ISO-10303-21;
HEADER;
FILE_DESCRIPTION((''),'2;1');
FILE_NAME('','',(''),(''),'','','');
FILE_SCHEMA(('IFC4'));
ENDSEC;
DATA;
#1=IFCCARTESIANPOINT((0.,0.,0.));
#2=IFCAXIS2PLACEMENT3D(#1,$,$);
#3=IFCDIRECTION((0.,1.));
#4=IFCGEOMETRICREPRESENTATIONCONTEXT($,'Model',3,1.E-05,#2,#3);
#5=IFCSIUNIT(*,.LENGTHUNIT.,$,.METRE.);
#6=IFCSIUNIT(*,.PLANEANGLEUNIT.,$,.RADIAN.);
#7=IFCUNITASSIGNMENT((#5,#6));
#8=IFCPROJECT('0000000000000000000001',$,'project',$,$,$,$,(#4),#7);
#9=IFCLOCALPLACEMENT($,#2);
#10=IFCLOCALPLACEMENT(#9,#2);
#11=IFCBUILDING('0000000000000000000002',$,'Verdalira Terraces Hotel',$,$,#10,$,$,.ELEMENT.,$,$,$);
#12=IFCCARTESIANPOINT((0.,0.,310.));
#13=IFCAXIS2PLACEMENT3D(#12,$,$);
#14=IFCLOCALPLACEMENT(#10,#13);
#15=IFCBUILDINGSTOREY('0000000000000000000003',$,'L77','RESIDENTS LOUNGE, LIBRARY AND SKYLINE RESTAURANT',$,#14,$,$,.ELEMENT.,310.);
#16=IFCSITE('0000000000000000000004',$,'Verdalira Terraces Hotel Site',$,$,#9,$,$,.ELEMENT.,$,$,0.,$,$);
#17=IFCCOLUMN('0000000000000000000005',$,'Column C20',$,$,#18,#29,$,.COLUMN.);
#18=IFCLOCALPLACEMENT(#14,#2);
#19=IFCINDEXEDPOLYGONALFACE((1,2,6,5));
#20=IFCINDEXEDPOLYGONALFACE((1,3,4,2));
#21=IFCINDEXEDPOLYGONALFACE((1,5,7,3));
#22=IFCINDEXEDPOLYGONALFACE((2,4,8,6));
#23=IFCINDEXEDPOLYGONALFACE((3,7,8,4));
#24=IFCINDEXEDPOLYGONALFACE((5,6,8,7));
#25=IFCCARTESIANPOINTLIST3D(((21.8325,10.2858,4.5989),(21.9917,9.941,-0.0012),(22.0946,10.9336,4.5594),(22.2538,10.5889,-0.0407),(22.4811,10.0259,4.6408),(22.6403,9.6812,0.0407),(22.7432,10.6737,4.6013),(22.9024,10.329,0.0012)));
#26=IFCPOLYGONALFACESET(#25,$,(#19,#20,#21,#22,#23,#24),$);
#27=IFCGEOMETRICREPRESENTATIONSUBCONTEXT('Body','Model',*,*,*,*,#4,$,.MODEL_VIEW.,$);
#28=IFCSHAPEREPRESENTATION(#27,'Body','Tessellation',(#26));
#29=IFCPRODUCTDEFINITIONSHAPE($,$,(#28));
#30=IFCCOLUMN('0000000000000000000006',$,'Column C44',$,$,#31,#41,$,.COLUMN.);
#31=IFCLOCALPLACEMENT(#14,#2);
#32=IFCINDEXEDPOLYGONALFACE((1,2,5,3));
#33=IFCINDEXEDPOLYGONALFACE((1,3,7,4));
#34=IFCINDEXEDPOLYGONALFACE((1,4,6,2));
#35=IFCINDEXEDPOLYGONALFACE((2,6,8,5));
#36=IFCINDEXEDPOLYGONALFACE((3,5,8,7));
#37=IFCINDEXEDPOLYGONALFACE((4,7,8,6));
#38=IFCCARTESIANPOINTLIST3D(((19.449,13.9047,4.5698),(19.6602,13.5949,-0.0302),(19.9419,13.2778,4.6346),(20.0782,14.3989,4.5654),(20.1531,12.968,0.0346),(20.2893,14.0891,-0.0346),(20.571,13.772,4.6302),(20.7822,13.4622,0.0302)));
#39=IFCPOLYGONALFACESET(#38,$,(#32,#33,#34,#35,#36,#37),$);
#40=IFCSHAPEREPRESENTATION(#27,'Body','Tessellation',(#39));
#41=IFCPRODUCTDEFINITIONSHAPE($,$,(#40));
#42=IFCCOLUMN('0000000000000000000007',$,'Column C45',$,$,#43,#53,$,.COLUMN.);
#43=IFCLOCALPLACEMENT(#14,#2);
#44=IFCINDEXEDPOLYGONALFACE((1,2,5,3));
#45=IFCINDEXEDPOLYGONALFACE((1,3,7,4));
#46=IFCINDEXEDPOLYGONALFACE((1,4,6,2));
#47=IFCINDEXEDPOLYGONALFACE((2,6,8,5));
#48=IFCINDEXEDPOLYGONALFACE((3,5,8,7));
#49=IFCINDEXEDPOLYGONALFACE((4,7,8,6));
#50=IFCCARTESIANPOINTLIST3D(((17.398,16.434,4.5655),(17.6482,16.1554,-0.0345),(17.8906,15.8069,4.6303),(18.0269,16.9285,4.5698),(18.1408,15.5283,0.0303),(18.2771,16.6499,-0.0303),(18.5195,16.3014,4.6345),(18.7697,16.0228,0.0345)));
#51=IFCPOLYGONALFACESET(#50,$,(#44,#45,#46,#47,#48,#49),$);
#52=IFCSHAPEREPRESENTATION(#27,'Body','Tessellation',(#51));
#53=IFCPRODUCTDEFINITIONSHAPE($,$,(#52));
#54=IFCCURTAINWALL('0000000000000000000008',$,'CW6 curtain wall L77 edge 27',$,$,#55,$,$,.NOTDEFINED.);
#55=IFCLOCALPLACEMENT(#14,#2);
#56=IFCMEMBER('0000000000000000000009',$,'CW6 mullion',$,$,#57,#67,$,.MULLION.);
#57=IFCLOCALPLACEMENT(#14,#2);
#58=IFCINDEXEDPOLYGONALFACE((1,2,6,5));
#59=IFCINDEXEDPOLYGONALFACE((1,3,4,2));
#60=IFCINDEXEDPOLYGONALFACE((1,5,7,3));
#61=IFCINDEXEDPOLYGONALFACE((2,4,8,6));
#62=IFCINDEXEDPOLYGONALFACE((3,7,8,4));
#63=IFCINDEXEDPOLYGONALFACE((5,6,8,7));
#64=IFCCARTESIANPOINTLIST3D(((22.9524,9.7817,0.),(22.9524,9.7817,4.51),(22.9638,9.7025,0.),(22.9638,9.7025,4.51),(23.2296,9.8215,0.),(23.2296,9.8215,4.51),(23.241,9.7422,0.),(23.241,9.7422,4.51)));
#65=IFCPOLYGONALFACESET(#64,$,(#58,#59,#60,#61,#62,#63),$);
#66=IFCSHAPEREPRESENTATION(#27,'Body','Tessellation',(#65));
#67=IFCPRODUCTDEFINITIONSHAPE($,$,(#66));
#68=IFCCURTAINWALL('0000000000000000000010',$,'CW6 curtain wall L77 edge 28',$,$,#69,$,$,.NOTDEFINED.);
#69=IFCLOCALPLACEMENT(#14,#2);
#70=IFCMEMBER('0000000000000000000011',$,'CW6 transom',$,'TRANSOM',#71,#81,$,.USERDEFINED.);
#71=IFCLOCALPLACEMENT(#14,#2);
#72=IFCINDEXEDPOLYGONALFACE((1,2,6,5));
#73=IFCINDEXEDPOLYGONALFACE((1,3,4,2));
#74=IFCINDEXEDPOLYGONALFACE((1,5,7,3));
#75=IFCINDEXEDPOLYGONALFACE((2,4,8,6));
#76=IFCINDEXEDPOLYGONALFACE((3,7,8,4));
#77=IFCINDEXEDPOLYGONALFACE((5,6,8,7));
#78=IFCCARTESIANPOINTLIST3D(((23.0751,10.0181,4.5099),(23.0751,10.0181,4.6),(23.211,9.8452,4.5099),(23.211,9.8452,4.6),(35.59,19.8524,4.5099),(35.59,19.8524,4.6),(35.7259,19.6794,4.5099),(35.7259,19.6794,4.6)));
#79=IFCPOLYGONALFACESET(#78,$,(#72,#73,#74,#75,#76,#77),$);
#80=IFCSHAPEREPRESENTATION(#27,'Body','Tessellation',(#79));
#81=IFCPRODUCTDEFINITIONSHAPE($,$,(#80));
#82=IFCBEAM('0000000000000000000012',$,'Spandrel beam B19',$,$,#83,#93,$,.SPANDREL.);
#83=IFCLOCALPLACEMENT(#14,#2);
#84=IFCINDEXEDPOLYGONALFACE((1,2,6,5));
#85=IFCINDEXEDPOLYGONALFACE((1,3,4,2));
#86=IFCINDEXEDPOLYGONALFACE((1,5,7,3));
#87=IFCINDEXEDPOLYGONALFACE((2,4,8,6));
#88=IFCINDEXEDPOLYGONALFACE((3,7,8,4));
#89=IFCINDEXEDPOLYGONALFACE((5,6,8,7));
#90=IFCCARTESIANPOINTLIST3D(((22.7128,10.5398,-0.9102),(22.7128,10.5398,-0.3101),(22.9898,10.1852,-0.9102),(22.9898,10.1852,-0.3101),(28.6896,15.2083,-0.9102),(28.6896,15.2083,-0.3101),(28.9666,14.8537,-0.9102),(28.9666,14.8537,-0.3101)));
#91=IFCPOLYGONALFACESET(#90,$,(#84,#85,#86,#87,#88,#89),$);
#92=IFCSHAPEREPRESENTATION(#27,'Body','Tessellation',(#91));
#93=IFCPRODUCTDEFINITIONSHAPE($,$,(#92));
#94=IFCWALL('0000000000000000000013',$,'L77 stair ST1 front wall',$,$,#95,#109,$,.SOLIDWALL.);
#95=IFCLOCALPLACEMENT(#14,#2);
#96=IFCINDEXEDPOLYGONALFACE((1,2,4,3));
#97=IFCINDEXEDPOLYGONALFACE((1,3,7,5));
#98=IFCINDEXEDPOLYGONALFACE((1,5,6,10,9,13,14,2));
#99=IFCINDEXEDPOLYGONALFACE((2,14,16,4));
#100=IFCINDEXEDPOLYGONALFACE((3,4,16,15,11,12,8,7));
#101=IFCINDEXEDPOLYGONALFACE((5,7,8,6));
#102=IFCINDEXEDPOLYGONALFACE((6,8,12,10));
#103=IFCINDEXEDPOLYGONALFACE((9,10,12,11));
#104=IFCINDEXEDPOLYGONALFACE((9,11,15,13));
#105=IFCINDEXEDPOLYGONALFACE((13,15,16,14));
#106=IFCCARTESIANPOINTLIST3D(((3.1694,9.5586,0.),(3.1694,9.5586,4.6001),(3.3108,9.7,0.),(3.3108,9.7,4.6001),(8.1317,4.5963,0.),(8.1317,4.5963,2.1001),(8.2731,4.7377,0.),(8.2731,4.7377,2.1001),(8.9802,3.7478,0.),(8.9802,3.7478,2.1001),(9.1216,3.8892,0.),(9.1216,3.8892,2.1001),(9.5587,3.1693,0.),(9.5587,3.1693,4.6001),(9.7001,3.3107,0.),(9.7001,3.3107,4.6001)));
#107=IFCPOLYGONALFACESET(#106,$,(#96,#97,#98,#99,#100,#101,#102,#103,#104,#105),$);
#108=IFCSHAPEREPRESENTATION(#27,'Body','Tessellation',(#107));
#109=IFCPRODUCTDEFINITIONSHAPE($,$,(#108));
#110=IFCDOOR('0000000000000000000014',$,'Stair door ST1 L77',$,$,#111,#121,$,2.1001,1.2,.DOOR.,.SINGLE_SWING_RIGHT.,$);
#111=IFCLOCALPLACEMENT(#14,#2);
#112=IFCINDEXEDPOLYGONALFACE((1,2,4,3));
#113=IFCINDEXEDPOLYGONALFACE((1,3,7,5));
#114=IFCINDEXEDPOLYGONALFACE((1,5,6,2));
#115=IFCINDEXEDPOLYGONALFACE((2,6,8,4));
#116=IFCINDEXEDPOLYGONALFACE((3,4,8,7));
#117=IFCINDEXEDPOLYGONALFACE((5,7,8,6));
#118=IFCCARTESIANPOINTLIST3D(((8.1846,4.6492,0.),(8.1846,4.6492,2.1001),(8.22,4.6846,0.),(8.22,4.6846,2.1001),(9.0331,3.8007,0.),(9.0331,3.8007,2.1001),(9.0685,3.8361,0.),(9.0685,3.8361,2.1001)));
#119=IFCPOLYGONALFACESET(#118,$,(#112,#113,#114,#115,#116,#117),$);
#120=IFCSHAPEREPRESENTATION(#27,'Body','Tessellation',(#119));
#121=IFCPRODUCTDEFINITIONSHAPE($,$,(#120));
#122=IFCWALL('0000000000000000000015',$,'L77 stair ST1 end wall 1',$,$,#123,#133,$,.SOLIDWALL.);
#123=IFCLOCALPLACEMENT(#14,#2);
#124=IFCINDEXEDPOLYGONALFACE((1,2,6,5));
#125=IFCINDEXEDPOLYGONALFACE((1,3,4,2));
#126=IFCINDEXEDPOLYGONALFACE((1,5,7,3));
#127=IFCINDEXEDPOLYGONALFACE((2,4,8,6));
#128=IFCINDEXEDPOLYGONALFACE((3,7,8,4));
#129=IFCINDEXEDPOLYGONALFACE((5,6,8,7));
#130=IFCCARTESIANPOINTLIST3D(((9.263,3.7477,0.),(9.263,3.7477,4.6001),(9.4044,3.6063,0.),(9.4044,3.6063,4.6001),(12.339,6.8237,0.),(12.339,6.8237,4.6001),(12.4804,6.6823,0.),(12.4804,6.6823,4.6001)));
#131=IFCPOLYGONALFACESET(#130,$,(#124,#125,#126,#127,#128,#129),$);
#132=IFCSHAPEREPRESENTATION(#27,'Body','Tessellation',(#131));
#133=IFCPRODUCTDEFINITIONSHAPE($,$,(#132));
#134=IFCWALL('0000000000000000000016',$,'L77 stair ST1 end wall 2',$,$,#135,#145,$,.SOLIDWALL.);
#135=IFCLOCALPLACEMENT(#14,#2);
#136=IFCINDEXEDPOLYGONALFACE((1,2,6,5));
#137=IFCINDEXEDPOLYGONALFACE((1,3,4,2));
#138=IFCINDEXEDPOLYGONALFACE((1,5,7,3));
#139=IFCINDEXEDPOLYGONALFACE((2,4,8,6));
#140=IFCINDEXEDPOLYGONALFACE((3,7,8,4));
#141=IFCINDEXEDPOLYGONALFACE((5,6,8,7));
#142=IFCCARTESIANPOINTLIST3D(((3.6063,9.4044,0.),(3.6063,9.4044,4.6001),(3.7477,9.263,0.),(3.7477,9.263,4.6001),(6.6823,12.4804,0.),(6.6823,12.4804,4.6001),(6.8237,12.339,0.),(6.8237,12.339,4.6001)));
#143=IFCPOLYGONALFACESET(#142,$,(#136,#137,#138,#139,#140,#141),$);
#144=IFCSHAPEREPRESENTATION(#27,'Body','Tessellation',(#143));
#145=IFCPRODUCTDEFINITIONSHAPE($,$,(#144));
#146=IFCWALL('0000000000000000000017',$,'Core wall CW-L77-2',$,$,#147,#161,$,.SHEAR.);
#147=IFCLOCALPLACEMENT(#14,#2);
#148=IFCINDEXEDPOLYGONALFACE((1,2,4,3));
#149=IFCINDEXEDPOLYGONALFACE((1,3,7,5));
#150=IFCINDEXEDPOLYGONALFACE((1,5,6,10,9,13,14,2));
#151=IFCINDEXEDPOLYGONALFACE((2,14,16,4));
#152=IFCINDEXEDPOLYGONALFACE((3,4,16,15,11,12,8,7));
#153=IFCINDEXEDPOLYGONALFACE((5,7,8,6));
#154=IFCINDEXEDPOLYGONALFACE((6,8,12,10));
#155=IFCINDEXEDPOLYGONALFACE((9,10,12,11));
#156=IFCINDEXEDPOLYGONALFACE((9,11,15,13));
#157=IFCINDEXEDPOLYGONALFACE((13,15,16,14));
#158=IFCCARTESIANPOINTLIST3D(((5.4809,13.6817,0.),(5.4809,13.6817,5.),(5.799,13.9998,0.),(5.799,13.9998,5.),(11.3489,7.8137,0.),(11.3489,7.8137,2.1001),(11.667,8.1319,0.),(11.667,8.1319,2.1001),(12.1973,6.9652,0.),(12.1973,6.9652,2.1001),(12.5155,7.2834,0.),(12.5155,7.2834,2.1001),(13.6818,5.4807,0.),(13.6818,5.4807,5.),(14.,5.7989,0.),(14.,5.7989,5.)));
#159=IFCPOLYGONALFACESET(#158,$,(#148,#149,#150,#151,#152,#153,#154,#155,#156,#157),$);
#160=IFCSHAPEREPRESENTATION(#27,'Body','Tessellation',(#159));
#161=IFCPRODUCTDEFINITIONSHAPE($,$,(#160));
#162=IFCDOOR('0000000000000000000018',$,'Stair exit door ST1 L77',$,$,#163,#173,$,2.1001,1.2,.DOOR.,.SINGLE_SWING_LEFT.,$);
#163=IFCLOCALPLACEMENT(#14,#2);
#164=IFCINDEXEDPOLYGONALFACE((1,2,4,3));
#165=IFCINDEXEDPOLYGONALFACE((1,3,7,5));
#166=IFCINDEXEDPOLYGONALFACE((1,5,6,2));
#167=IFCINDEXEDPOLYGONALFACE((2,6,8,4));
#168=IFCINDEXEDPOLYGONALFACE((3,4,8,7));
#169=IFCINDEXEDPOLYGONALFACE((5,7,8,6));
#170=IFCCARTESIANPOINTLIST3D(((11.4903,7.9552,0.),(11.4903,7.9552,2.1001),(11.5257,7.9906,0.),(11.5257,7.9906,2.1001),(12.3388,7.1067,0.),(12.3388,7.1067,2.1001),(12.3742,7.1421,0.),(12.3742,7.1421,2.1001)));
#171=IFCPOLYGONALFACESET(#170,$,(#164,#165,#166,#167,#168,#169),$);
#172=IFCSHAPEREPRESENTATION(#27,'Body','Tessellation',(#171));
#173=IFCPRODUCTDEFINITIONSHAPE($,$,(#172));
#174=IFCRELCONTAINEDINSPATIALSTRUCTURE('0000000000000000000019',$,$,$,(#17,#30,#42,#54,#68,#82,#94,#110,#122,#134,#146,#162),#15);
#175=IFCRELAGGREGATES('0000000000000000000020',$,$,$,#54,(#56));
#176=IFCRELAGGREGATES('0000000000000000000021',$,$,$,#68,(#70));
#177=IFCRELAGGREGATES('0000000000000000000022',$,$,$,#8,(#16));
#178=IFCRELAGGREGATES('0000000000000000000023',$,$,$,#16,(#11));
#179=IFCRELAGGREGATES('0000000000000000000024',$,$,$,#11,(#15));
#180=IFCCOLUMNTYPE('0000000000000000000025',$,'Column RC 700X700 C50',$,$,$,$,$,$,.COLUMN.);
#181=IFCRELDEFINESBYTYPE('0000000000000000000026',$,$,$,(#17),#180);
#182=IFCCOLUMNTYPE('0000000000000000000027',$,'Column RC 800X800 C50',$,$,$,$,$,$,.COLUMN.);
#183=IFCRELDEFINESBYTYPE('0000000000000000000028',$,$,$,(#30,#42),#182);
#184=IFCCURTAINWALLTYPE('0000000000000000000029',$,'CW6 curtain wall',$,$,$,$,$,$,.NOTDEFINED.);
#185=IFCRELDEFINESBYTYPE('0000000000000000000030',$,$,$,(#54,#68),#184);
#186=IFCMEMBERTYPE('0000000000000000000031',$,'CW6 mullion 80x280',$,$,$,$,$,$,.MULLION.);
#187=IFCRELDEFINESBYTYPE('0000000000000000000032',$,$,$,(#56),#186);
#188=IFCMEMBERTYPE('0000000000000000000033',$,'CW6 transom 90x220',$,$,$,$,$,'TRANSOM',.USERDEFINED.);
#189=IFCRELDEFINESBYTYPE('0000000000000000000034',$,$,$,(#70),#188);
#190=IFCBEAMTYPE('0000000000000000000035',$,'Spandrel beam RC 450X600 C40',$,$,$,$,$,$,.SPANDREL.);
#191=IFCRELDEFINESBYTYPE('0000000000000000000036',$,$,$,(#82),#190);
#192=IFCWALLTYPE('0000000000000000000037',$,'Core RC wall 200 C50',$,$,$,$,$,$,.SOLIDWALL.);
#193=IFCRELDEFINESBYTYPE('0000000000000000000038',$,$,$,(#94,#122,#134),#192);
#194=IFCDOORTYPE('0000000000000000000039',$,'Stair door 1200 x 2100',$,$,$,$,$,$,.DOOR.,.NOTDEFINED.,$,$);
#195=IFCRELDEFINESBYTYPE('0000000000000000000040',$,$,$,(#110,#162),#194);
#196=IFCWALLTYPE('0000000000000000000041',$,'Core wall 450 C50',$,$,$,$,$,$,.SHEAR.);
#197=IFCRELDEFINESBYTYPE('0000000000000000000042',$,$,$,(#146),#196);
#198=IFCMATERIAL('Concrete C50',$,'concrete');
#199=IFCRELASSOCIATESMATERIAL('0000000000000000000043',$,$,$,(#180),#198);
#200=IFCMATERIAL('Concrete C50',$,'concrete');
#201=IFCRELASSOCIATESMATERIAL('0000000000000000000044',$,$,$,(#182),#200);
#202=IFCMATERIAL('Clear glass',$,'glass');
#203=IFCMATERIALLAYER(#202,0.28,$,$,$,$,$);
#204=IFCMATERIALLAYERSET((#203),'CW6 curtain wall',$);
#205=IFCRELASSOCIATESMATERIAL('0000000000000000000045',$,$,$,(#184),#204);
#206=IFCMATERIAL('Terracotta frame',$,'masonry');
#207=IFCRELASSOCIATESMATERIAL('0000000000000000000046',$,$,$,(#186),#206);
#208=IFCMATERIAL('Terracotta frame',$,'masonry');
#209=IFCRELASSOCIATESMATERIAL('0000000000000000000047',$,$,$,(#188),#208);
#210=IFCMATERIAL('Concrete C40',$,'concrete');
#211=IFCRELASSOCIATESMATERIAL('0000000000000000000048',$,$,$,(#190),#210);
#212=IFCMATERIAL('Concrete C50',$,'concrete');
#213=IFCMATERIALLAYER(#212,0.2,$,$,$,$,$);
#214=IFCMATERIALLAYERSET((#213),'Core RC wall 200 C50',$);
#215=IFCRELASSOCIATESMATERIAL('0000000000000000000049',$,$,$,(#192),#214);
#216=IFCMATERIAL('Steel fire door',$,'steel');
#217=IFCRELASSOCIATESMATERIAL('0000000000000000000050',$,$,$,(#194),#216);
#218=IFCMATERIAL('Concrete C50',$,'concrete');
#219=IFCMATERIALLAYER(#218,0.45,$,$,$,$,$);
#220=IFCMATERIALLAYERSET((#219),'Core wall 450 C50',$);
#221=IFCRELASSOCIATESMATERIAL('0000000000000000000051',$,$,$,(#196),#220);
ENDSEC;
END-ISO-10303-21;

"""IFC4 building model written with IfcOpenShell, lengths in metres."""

from ifc_helpers import new_model, si_unit, direction, frame, frame_2d, origin, origin_2d, place, context, subcontext, project, spatial, rectangle, extrude, material, layer, layer_set, material_profile, profile_set, type_object, element, fill, aggregate, save


model = new_model("IFC4")

# Units and contexts
model_context = context("Model", 3, precision=1e-05, world=origin(), true_north=direction((0.0, 1.0)))
body_context = subcontext(model_context, "Body", "Model", "MODEL_VIEW")
ifc_project = project(units=[si_unit("LENGTHUNIT", "METRE"), si_unit("PLANEANGLEUNIT", "RADIAN")], contexts=[model_context])

# Site, building, storey
site_placement = place(None, origin())
site = spatial("IfcSite", under=ifc_project, at=site_placement, Name="Verdalira Terraces Hotel Site", CompositionType="ELEMENT", RefElevation=0.0)
building_placement = place(site_placement, origin())
building = spatial("IfcBuilding", under=site, at=building_placement, Name="Verdalira Terraces Hotel", CompositionType="ELEMENT")
storey_placement = place(building_placement, frame((0.0, 0.0, 310.0)))
storey = spatial("IfcBuildingStorey", under=building, at=storey_placement, Name="L77", Description="RESIDENTS LOUNGE, LIBRARY AND SKYLINE RESTAURANT", CompositionType="ELEMENT", Elevation=310.0)

# Columns
ifc_material_1 = material(Name="Concrete C50", Category="concrete")
ifc_material_profile_1 = material_profile(ifc_material_1, rectangle(XDim=0.7, YDim=0.7, at=origin_2d()), Name="RC 700X700")
ifc_profile_set_1 = profile_set([ifc_material_profile_1], Name="Concrete C50")
column_type_1 = type_object("IfcColumnType", Name="Column RC 700X700 C50", PredefinedType="COLUMN", material=ifc_profile_set_1)
column_placement = place(storey_placement, frame((22.447, 10.135, 0.0), z_axis=(-0.034486, 0.074685, 0.996611), x_axis=(-0.37447, -0.925522, 0.0564)))
element("IfcColumn", 1, at=column_placement, inside=storey, type_object=column_type_1, Name="Column C20", PredefinedType="COLUMN", context=body_context, shape_type="SweptSolid", body=[
    extrude(rectangle(XDim=0.7, YDim=0.7, at=origin_2d()), origin(), (0.0, 0.0, 1.0), 4.6157),
])
ifc_material_2 = material(Name="Concrete C50", Category="concrete")
ifc_material_profile_2 = material_profile(ifc_material_2, rectangle(XDim=0.8, YDim=0.8, at=origin_2d()), Name="RC 800X800")
ifc_profile_set_2 = profile_set([ifc_material_profile_2], Name="Concrete C50")
column_type_2 = type_object("IfcColumnType", Name="Column RC 800X800 C50", PredefinedType="COLUMN", material=ifc_profile_set_2)
for number, where, z_axis, x_axis, name in (
    (2, (20.2212, 13.5286, 0.0), (-0.045756, 0.067127, 0.996695), (0.78638, 0.617718, -0.005502), "Column C44"),
    (3, (18.209, 16.0891, 0.0), (-0.05422, 0.060357, 0.996703), (0.786102, 0.618074, 0.005336), "Column C45"),
):
    element("IfcColumn", number, at=place(storey_placement, frame(where, z_axis=z_axis, x_axis=x_axis)), inside=storey, type_object=column_type_2, Name=name, PredefinedType="COLUMN", context=body_context, shape_type="SweptSolid", body=[
        extrude(rectangle(XDim=0.8, YDim=0.8, at=origin_2d()), origin(), (0.0, 0.0, 1.0), 4.6152),
    ])

# Curtain walls, members
ifc_material_3 = material(Name="Clear glass", Category="glass")
ifc_layer_1 = layer(ifc_material_3, 0.28)
ifc_layer_set_1 = layer_set([ifc_layer_1], Name="CW6 curtain wall")
curtain_wall_type = type_object("IfcCurtainWallType", Name="CW6 curtain wall", PredefinedType="NOTDEFINED", material=ifc_layer_set_1)
curtain_wall_1_placement = place(storey_placement, origin())
curtain_wall_1 = element("IfcCurtainWall", 4, at=curtain_wall_1_placement, inside=storey, type_object=curtain_wall_type, Name="CW6 curtain wall L77 edge 27", PredefinedType="NOTDEFINED")
ifc_material_4 = material(Name="Terracotta frame", Category="masonry")
ifc_material_profile_3 = material_profile(ifc_material_4, rectangle(XDim=0.0801, YDim=0.28, at=origin_2d()), Name="MU 80x280")
ifc_profile_set_3 = profile_set([ifc_material_profile_3], Name="Terracotta frame")
member_type_1 = type_object("IfcMemberType", Name="CW6 mullion 80x280", PredefinedType="MULLION", material=ifc_profile_set_3)
member_1_placement = place(storey_placement, frame((23.0967, 9.762, 0.0), z_axis=(0.0, 0.0, 1.0), x_axis=(-0.141938, 0.989876, 0.0)))
member_1 = element("IfcMember", 5, at=member_1_placement, type_object=member_type_1, Name="CW6 mullion", PredefinedType="MULLION", context=body_context, shape_type="SweptSolid", body=[
    extrude(rectangle(XDim=0.0801, YDim=0.28, at=origin_2d()), origin(), (0.0, 0.0, 1.0), 4.51),
])
aggregate(curtain_wall_1, [member_1])
curtain_wall_2_placement = place(storey_placement, origin())
curtain_wall_2 = element("IfcCurtainWall", 6, at=curtain_wall_2_placement, inside=storey, type_object=curtain_wall_type, Name="CW6 curtain wall L77 edge 28", PredefinedType="NOTDEFINED")
ifc_material_5 = material(Name="Terracotta frame", Category="masonry")
ifc_material_profile_4 = material_profile(ifc_material_5, rectangle(XDim=0.22, YDim=0.0901, at=origin_2d()), Name="TR 90x220")
ifc_profile_set_4 = profile_set([ifc_material_profile_4], Name="Terracotta frame")
member_type_2 = type_object("IfcMemberType", Name="CW6 transom 90x220", ElementType="TRANSOM", PredefinedType="USERDEFINED", material=ifc_profile_set_4)
member_2_placement = place(storey_placement, frame((23.1431, 9.9316, 4.5549), z_axis=(0.786285, 0.617864, 0.0), x_axis=(-0.617864, 0.786285, 0.0)))
member_2 = element("IfcMember", 7, at=member_2_placement, type_object=member_type_2, Name="CW6 transom", ObjectType="TRANSOM", PredefinedType="USERDEFINED", context=body_context, shape_type="SweptSolid", body=[
    extrude(rectangle(XDim=0.22, YDim=0.0901, at=origin_2d()), origin(), (0.0, 0.0, 1.0), 15.9165),
])
aggregate(curtain_wall_2, [member_2])

# Beam
ifc_material_6 = material(Name="Concrete C40", Category="concrete")
ifc_material_profile_5 = material_profile(ifc_material_6, rectangle(XDim=0.45, YDim=0.6001, at=origin_2d()), Name="RC 450X600")
ifc_profile_set_5 = profile_set([ifc_material_profile_5], Name="Concrete C40")
beam_type = type_object("IfcBeamType", Name="Spandrel beam RC 450X600 C40", PredefinedType="SPANDREL", material=ifc_profile_set_5)
beam_placement = place(storey_placement, frame((22.8513, 10.3625, -0.6101), z_axis=(0.788083, 0.615568, 0.0), x_axis=(-0.615568, 0.788083, 0.0)))
element("IfcBeam", 8, at=beam_placement, inside=storey, type_object=beam_type, Name="Spandrel beam B19", PredefinedType="SPANDREL", context=body_context, shape_type="SweptSolid", body=[
    extrude(rectangle(XDim=0.45, YDim=0.6001, at=origin_2d()), origin(), (0.0, 0.0, 1.0), 7.584),
])

# Wall, opening, door
ifc_material_7 = material(Name="Concrete C50", Category="concrete")
ifc_layer_2 = layer(ifc_material_7, 0.2)
ifc_layer_set_2 = layer_set([ifc_layer_2], Name="Core RC wall 200 C50")
wall_type_1 = type_object("IfcWallType", Name="Core RC wall 200 C50", PredefinedType="SOLIDWALL", material=ifc_layer_set_2)
wall_1_placement = place(storey_placement, frame((3.24, 9.6294, 0.0), z_axis=(0.0, 0.0, 1.0), x_axis=(0.707107, -0.707107, 0.0)))
wall_1 = element("IfcWall", 9, at=wall_1_placement, inside=storey, type_object=wall_type_1, Name="L77 stair ST1 front wall", PredefinedType="SOLIDWALL", context=body_context, shape_type="SweptSolid", body=[
    extrude(rectangle(XDim=9.0359, YDim=0.2, at=frame_2d((4.5181, 0.0))), origin(), (0.0, 0.0, 1.0), 4.6001),
])
opening_1_placement = place(wall_1_placement, frame((7.0178, 0.0, 0.0)))
opening_1 = element("IfcOpeningElement", 10, at=opening_1_placement, cuts=wall_1, PredefinedType="OPENING", context=body_context, shape_type="SweptSolid", body=[
    extrude(rectangle(XDim=1.2, YDim=2.1001, at=frame_2d((0.6001, 1.05))), frame((0.0, 0.1099, 0.0), z_axis=(0.0, -1.0, 0.0), x_axis=(1.0, 0.0, 0.0)), (0.0, 0.0, 1.0), 0.22),
])
ifc_material_8 = material(Name="Steel fire door", Category="steel")
door_type_1 = type_object("IfcDoorType", Name="Stair door 1200 x 2100", OperationType="NOTDEFINED", PredefinedType="DOOR", material=ifc_material_8)
door_1_placement = place(opening_1_placement, origin())
door_1 = element("IfcDoor", 11, at=door_1_placement, inside=storey, type_object=door_type_1, Name="Stair door ST1 L77", OperationType="SINGLE_SWING_RIGHT", OverallHeight=2.1001, OverallWidth=1.2, PredefinedType="DOOR", context=body_context, shape_type="SweptSolid", body=[
    extrude(rectangle(XDim=1.2, YDim=2.1001, at=frame_2d((0.6001, 1.05))), frame((0.0, 0.0249, 0.0), z_axis=(0.0, -1.0, 0.0), x_axis=(1.0, 0.0, 0.0)), (0.0, 0.0, 1.0), 0.05),
])
fill(opening_1, door_1)

# Walls
for number, where, z_axis, x_axis, name in (
    (12, (9.3337, 3.677, 0.0), (0.0, 0.0, 1.0), (0.707107, 0.707107, 0.0), "L77 stair ST1 end wall 1"),
    (13, (3.677, 9.3337, 0.0), (0.0, 0.0, 1.0), (0.707107, 0.707107, 0.0), "L77 stair ST1 end wall 2"),
):
    element("IfcWall", number, at=place(storey_placement, frame(where, z_axis=z_axis, x_axis=x_axis)), inside=storey, type_object=wall_type_1, Name=name, PredefinedType="SOLIDWALL", context=body_context, shape_type="SweptSolid", body=[
        extrude(rectangle(XDim=4.3501, YDim=0.2, at=frame_2d((2.175, 0.0))), origin(), (0.0, 0.0, 1.0), 4.6001),
    ])

# Wall, opening, door
ifc_material_9 = material(Name="Concrete C50", Category="concrete")
ifc_layer_3 = layer(ifc_material_9, 0.45)
ifc_layer_set_3 = layer_set([ifc_layer_3], Name="Core wall 450 C50")
wall_type_2 = type_object("IfcWallType", Name="Core wall 450 C50", PredefinedType="SHEAR", material=ifc_layer_set_3)
wall_2_placement = place(storey_placement, frame((13.8408, 5.6399, 0.0), z_axis=(0.0, 0.0, 1.0), x_axis=(-0.707107, 0.707107, 0.0)))
wall_2 = element("IfcWall", 14, at=wall_2_placement, inside=storey, type_object=wall_type_2, Name="Core wall CW-L77-2", PredefinedType="SHEAR", context=body_context, shape_type="SweptSolid", body=[
    extrude(rectangle(XDim=11.5979, YDim=0.45, at=frame_2d((5.7988, 0.0))), origin(), (0.0, 0.0, 1.0), 5.0),
])
opening_2_placement = place(wall_2_placement, frame((2.0991, 0.0, 0.0)))
opening_2 = element("IfcOpeningElement", 15, at=opening_2_placement, cuts=wall_2, PredefinedType="OPENING", context=body_context, shape_type="SweptSolid", body=[
    extrude(rectangle(XDim=1.2, YDim=2.1001, at=frame_2d((0.6001, 1.05))), frame((0.0, 0.2349, 0.0), z_axis=(0.0, -1.0, 0.0), x_axis=(1.0, 0.0, 0.0)), (0.0, 0.0, 1.0), 0.47),
])
door_2_placement = place(opening_2_placement, origin())
door_2 = element("IfcDoor", 16, at=door_2_placement, inside=storey, type_object=door_type_1, Name="Stair exit door ST1 L77", OperationType="SINGLE_SWING_LEFT", OverallHeight=2.1001, OverallWidth=1.2, PredefinedType="DOOR", context=body_context, shape_type="SweptSolid", body=[
    extrude(rectangle(XDim=1.2, YDim=2.1001, at=frame_2d((0.6001, 1.05))), frame((0.0, 0.0249, 0.0), z_axis=(0.0, -1.0, 0.0), x_axis=(1.0, 0.0, 0.0)), (0.0, 0.0, 1.0), 0.05),
])
fill(opening_2, door_2)

save(model, "model.ifc")
